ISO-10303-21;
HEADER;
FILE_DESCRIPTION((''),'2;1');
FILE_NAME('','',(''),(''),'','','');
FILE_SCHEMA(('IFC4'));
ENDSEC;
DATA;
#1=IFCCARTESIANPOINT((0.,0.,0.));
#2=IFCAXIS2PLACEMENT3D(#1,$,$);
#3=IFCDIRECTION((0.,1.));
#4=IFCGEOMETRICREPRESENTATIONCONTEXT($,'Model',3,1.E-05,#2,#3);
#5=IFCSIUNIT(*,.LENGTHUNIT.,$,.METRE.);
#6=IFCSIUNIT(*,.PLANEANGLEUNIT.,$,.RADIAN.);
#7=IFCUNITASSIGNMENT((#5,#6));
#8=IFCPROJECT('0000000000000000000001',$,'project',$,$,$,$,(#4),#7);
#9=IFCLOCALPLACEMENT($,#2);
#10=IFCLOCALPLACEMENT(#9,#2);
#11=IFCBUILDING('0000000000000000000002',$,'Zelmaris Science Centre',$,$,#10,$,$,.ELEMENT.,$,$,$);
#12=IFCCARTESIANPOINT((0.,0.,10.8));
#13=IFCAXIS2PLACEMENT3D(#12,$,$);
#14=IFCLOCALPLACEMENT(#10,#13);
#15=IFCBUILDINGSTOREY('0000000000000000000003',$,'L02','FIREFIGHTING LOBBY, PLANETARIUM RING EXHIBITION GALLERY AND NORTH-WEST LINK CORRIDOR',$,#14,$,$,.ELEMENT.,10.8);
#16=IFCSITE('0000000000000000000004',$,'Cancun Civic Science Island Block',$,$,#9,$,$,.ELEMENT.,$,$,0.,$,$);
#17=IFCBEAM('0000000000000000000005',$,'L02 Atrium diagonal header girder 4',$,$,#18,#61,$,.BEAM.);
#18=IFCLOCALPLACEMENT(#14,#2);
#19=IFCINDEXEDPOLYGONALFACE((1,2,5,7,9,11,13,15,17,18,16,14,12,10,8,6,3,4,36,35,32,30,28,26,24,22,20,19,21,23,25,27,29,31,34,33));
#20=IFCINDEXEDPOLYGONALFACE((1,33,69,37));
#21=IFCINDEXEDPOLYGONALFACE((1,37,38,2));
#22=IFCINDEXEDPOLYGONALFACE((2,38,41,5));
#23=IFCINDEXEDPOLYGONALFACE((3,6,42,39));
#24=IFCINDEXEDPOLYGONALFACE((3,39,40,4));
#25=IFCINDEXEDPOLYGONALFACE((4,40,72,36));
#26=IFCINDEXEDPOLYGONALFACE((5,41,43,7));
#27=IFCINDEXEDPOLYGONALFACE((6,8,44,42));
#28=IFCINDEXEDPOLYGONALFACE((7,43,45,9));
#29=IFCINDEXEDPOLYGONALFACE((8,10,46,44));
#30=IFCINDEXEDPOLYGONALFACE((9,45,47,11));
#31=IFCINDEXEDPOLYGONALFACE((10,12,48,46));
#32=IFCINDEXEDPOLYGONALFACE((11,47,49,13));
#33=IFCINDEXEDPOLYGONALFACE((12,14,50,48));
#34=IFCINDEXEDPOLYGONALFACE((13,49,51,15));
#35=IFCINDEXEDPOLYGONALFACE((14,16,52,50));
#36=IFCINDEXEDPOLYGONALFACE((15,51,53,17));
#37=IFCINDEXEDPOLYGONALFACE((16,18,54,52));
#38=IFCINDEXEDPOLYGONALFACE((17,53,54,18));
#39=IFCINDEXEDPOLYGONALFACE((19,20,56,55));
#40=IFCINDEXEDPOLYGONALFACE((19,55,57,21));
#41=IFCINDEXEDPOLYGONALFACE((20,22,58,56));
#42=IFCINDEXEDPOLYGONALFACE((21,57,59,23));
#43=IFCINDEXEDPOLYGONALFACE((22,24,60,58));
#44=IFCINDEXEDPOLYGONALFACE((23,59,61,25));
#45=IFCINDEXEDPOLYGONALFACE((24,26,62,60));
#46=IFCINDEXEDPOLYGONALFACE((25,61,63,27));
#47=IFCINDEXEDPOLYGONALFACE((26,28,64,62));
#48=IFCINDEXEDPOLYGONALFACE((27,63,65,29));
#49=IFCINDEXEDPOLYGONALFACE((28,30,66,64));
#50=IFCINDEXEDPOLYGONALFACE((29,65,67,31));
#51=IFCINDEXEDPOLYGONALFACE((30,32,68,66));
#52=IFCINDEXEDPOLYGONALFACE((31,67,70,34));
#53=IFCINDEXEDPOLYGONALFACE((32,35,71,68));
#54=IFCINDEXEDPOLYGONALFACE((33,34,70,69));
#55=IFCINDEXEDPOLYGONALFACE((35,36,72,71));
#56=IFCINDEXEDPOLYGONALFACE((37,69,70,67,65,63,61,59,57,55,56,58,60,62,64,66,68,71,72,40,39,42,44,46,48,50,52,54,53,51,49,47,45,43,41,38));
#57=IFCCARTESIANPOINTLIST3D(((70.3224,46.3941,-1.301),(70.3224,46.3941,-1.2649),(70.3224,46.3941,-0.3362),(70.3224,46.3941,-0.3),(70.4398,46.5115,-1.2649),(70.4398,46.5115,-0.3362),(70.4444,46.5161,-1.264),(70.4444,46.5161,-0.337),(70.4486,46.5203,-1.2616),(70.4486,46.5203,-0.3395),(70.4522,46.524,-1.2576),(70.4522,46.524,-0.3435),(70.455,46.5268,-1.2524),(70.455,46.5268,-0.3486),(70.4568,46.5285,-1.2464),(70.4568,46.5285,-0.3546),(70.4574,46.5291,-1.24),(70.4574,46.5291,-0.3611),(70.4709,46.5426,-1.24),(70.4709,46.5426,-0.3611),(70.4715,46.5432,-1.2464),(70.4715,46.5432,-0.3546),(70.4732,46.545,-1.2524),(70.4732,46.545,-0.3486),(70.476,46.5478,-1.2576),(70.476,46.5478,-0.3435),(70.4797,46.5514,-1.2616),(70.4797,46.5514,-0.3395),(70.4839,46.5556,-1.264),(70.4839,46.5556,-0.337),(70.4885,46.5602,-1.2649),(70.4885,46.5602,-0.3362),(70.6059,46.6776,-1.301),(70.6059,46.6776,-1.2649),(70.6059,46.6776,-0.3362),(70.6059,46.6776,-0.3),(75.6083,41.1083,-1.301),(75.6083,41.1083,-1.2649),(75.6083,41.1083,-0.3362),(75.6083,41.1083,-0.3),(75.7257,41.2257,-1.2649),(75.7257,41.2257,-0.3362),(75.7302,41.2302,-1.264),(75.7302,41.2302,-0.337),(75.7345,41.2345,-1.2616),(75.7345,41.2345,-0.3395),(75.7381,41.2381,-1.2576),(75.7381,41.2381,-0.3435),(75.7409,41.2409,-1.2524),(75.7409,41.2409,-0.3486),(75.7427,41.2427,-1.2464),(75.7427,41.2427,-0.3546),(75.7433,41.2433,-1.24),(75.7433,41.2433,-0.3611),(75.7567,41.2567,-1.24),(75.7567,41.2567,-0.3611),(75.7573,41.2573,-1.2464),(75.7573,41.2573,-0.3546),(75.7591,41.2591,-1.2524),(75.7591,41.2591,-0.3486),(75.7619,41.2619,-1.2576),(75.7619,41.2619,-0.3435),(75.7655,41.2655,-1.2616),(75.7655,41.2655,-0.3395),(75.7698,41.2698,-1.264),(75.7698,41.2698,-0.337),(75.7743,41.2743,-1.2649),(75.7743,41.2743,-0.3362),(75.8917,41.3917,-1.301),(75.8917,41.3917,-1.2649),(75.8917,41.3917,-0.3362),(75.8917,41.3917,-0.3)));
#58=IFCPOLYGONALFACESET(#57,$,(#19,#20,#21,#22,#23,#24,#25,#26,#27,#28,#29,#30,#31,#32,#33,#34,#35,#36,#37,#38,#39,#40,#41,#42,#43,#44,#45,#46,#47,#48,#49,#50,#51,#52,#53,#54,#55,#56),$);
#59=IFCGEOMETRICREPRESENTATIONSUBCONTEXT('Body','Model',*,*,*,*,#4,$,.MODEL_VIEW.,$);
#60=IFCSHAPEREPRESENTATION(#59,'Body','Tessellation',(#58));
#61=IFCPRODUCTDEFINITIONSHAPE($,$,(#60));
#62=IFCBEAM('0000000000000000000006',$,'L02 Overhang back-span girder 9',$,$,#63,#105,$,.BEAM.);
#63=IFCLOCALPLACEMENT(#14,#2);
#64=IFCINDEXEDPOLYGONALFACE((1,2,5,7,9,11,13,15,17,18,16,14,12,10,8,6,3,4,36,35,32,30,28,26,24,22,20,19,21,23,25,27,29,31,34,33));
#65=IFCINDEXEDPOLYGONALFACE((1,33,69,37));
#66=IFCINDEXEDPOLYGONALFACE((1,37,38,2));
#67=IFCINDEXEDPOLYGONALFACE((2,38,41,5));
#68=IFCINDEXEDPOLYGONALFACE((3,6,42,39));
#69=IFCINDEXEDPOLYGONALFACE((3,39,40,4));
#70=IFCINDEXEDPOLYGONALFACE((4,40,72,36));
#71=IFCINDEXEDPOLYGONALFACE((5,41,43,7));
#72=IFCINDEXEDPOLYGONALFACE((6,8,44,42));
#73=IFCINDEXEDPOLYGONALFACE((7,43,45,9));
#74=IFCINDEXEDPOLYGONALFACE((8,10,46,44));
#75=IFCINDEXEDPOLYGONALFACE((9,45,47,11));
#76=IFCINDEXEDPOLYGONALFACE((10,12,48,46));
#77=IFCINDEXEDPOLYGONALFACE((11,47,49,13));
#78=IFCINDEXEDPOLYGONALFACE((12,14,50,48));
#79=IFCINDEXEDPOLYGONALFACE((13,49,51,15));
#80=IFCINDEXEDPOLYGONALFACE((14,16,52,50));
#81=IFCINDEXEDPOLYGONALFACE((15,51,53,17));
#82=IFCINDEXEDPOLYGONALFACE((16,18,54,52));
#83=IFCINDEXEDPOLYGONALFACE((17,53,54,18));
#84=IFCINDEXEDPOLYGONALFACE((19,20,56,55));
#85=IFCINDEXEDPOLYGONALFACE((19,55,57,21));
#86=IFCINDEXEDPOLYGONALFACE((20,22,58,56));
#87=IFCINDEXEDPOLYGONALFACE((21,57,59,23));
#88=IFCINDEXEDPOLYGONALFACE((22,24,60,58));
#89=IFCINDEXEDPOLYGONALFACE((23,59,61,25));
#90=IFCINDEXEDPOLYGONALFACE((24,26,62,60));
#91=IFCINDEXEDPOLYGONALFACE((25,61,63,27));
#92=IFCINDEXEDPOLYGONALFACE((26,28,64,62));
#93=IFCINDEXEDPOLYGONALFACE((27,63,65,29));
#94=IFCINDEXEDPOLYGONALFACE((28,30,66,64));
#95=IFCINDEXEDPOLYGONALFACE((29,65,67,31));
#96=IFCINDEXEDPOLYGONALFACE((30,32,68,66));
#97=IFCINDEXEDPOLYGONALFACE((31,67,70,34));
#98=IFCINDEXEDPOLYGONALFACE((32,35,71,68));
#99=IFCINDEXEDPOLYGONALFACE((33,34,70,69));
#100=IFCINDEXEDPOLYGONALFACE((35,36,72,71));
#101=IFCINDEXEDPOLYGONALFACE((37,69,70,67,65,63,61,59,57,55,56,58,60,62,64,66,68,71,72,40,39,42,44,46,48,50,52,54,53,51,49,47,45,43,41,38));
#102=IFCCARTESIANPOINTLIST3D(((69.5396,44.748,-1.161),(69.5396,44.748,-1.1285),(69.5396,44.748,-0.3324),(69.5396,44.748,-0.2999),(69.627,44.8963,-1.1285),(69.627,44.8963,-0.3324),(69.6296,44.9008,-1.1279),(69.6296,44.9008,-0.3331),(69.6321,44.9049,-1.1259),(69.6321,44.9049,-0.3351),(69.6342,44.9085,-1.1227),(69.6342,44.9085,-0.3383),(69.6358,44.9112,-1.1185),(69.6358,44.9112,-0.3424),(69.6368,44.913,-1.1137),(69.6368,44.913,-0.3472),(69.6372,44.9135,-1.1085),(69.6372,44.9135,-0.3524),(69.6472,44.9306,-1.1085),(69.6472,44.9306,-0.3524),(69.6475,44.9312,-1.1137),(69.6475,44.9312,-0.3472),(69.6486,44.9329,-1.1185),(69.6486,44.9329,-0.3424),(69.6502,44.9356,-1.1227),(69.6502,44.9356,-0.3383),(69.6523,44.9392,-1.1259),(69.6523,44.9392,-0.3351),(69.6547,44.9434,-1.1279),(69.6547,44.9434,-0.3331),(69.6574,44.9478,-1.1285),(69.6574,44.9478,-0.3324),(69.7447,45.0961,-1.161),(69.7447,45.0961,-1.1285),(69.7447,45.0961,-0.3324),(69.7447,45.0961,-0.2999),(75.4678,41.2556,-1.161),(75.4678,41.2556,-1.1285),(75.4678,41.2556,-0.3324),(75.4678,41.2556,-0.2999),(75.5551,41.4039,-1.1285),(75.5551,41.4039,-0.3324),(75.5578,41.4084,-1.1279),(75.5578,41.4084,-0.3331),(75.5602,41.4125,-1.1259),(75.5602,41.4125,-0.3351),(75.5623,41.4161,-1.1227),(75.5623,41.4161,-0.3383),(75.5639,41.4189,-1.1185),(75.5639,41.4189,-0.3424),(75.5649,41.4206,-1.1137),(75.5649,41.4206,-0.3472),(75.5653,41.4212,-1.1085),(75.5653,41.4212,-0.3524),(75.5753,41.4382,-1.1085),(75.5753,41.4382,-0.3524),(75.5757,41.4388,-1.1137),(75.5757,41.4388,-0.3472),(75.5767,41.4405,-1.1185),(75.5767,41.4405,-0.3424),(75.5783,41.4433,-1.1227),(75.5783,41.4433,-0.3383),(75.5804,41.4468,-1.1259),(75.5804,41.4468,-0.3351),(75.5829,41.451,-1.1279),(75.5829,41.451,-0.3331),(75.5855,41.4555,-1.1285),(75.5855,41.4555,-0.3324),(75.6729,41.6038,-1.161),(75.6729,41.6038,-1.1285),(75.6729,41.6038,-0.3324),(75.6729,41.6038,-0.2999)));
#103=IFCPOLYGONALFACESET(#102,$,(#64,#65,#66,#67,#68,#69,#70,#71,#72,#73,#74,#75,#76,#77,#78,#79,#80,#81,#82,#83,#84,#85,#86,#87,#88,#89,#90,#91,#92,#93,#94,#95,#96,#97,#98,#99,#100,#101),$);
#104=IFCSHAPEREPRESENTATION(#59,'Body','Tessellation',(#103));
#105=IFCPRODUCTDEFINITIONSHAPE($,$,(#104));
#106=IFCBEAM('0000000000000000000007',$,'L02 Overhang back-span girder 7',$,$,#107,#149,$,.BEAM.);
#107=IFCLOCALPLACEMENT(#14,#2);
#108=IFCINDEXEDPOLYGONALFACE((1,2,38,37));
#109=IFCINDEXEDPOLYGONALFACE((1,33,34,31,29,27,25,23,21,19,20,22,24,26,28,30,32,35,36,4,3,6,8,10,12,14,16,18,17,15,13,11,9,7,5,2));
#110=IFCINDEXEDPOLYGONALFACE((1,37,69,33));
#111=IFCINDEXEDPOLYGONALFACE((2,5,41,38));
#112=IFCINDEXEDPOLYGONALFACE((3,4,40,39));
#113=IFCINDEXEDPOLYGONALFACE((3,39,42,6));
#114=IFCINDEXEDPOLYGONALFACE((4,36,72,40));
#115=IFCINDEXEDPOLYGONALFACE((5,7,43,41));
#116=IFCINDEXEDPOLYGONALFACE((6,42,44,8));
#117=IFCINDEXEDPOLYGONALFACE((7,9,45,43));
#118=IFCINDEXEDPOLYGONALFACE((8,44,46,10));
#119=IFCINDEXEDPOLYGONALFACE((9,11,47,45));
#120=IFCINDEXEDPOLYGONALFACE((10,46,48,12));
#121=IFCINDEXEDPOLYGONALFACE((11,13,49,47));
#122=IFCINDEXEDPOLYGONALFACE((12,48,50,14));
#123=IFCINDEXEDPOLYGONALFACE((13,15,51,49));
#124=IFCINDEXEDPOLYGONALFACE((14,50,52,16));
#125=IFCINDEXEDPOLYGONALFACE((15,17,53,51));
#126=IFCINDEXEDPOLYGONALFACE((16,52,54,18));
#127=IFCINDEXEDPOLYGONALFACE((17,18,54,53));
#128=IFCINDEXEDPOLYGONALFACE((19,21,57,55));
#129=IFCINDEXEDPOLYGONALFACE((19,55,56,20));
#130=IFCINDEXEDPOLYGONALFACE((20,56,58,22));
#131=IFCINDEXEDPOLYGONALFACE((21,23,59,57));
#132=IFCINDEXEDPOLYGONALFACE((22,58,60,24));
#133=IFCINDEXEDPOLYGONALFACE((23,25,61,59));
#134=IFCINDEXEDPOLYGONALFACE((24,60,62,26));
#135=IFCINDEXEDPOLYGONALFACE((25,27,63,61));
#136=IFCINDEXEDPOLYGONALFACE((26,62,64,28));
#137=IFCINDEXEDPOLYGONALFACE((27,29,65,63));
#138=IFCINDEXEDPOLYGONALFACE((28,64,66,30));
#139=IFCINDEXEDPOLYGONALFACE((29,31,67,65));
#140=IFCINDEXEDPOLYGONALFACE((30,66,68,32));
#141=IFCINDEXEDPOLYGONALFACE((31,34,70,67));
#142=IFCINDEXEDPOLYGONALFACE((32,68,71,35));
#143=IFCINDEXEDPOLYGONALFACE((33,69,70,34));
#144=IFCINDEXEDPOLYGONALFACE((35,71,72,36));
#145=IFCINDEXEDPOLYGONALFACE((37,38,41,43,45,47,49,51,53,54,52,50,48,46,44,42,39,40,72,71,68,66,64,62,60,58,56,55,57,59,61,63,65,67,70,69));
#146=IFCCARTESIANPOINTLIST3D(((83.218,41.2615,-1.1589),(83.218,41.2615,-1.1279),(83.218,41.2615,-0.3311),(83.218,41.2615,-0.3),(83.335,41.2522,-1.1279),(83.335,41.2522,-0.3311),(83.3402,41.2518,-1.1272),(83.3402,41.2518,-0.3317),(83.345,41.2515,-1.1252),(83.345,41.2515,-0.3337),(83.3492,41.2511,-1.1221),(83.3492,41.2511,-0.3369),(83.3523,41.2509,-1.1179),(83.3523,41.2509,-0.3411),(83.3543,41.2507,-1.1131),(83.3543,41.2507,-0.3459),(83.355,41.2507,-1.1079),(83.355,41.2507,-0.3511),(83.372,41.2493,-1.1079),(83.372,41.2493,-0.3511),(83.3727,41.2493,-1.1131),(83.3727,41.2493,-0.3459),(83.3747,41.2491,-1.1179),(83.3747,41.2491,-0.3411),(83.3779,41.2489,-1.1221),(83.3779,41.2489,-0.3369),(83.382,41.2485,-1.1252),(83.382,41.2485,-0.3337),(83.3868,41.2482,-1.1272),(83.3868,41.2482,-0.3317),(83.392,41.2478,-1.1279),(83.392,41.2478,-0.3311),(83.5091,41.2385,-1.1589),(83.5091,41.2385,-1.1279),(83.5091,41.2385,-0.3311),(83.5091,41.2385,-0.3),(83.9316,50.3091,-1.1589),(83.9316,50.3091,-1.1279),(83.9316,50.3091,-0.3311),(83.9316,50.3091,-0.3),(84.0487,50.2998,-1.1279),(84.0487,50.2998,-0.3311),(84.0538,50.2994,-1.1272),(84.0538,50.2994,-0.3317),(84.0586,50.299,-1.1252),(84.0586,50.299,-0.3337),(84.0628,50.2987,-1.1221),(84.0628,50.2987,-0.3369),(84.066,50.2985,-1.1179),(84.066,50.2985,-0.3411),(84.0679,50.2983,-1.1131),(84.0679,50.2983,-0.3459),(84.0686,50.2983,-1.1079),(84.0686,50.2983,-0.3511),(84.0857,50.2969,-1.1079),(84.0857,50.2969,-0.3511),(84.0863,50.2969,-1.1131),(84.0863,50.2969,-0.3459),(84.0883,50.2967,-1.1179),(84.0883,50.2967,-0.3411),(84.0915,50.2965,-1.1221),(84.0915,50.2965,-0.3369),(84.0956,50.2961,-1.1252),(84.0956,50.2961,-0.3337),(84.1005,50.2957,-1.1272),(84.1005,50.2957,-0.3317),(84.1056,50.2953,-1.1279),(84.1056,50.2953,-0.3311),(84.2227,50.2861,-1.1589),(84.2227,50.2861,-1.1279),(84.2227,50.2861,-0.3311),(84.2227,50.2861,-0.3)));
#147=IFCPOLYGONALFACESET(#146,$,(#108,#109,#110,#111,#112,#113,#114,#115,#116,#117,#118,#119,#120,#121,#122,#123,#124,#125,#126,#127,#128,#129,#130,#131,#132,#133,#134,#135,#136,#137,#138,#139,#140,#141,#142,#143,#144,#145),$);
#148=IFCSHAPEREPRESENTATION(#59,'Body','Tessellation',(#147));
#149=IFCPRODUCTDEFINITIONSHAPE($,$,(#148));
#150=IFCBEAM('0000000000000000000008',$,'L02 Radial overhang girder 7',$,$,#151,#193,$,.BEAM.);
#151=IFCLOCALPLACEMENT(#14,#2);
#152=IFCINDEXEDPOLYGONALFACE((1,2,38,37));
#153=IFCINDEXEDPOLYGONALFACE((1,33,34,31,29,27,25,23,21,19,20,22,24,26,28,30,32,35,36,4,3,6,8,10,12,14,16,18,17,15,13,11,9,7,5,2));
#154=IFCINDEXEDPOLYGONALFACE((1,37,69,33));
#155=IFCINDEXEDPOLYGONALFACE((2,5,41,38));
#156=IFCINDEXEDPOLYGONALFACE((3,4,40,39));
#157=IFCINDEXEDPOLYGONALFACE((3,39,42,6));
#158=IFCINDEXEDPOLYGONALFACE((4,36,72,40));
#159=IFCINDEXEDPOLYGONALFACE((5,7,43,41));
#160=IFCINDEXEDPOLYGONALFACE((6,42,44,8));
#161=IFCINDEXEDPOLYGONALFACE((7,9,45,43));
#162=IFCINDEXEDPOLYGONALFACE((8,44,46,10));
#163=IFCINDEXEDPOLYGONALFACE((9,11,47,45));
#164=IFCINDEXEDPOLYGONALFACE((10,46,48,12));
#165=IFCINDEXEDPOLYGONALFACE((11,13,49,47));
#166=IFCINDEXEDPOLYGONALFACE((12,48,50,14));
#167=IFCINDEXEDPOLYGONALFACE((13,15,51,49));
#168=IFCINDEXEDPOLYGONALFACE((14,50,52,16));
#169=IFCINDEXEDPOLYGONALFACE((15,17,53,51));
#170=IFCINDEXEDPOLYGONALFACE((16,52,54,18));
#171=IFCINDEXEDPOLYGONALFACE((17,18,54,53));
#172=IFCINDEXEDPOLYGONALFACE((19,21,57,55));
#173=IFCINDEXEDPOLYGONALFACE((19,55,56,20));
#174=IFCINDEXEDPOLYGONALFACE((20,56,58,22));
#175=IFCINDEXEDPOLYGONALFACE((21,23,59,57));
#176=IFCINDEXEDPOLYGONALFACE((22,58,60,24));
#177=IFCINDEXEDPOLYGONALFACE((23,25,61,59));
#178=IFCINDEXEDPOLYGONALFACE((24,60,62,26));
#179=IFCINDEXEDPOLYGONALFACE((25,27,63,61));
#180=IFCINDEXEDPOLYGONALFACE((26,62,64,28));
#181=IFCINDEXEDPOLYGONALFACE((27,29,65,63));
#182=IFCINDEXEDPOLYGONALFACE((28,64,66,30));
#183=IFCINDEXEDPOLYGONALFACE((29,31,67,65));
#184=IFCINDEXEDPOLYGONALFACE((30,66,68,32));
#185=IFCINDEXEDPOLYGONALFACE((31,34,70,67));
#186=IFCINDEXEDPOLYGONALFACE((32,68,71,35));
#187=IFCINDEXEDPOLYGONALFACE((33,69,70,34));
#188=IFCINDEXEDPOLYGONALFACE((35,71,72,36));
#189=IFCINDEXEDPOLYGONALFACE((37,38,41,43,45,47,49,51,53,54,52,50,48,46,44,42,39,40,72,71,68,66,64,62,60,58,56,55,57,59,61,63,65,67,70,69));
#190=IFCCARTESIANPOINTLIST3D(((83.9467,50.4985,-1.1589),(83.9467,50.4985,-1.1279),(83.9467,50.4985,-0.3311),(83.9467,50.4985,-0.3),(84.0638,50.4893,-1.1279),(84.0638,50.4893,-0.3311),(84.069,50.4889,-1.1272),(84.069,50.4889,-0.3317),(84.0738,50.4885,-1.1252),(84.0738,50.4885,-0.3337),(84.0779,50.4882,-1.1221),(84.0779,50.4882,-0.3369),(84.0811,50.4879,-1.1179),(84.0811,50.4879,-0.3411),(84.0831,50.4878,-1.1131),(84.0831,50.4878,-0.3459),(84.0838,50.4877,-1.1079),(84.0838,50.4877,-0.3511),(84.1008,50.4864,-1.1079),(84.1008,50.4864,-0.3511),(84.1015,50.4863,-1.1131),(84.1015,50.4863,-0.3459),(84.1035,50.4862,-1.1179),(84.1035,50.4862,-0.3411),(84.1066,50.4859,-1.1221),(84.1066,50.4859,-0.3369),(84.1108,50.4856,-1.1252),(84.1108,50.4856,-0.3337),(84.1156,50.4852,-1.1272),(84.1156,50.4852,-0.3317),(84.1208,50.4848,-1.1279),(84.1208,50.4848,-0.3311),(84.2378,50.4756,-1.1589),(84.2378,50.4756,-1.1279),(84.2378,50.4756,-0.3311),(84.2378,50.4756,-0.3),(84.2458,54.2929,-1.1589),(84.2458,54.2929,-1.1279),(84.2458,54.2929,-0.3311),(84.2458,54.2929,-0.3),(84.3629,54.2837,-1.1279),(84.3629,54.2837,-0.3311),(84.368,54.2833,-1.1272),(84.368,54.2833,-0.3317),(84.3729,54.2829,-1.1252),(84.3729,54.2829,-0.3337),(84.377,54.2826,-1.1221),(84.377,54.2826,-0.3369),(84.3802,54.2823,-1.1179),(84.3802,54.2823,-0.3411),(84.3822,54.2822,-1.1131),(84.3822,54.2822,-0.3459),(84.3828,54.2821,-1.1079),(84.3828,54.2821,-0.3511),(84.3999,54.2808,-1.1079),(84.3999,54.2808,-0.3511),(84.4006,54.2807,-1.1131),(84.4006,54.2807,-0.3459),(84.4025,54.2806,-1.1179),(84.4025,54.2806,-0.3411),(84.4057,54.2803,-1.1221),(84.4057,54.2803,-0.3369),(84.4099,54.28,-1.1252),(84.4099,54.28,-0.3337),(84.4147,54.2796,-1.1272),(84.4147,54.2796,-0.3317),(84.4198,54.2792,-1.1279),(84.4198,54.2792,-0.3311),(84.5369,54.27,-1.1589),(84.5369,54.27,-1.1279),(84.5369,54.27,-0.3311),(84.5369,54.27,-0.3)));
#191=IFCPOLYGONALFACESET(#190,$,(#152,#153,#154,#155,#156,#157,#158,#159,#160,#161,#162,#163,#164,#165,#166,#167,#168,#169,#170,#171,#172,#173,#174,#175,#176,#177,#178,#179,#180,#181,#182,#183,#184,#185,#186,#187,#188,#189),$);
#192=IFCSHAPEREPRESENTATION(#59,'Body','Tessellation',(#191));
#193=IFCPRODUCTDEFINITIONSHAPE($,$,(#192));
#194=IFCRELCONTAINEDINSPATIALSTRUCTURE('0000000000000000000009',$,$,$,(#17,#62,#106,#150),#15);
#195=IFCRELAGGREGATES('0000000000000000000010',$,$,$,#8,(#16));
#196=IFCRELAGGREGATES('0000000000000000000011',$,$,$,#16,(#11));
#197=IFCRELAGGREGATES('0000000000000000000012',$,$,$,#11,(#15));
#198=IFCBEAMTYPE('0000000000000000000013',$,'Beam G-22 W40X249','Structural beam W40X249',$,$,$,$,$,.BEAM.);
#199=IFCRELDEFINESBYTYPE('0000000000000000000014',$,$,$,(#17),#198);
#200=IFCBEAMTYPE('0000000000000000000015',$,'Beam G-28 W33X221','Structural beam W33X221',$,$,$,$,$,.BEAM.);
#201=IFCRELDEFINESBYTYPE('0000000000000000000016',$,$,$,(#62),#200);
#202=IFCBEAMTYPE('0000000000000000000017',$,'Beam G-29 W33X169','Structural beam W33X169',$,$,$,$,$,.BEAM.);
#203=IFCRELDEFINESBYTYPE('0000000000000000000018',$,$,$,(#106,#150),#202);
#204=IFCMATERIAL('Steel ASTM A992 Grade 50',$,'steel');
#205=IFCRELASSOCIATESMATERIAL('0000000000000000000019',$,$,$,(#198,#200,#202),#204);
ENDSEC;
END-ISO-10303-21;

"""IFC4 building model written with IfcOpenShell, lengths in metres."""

from ifc_helpers import new_model, si_unit, direction, frame, origin, origin_2d, place, context, subcontext, project, spatial, i_section, extrude, material, material_profile, profile_set, type_object, element, save


model = new_model("IFC4")

# Units and contexts
model_context = context("Model", 3, precision=1e-05, world=origin(), true_north=direction((0.0, 1.0)))
body_context = subcontext(model_context, "Body", "Model", "MODEL_VIEW")
ifc_project = project(units=[si_unit("LENGTHUNIT", "METRE"), si_unit("PLANEANGLEUNIT", "RADIAN")], contexts=[model_context])

# Site, building, storey
site_placement = place(None, origin())
site = spatial("IfcSite", under=ifc_project, at=site_placement, Name="Cancun Civic Science Island Block", CompositionType="ELEMENT", RefElevation=0.0)
building_placement = place(site_placement, origin())
building = spatial("IfcBuilding", under=site, at=building_placement, Name="Zelmaris Science Centre", CompositionType="ELEMENT")
storey_placement = place(building_placement, frame((0.0, 0.0, 10.8)))
storey = spatial("IfcBuildingStorey", under=building, at=storey_placement, Name="L02", Description="FIREFIGHTING LOBBY, PLANETARIUM RING EXHIBITION GALLERY AND NORTH-WEST LINK CORRIDOR", CompositionType="ELEMENT", Elevation=10.8)

# Shared definitions
ifc_material_1 = material(Name="Steel ASTM A992 Grade 50", Category="steel")

# Beams
ifc_material_profile_1 = material_profile(ifc_material_1, i_section(OverallWidth=0.4009, OverallDepth=1.001, WebThickness=0.019, FlangeThickness=0.0361, FilletRadius=0.0249, at=origin_2d()), Name="W40X249")
ifc_profile_set_1 = profile_set([ifc_material_profile_1], Name="Steel ASTM A992 Grade 50")
beam_type_1 = type_object("IfcBeamType", Name="Beam G-22 W40X249", Description="Structural beam W40X249", PredefinedType="BEAM", material=ifc_profile_set_1)
for number, where, z_axis, x_axis, name in (
    (1, (75.75, 41.25, -0.8005), (-0.707107, 0.707107, 0.0), (-0.707107, -0.707107, 0.0), "L02 Atrium diagonal header girder 4"),
):
    element("IfcBeam", number, at=place(storey_placement, frame(where, z_axis=z_axis, x_axis=x_axis)), inside=storey, type_object=beam_type_1, Name=name, PredefinedType="BEAM", context=body_context, shape_type="SweptSolid", body=[
        extrude(i_section(OverallWidth=0.4009, OverallDepth=1.001, WebThickness=0.019, FlangeThickness=0.0361, FilletRadius=0.0249, at=origin_2d()), origin(), (0.0, 0.0, 1.0), 7.4753),
    ])
ifc_material_profile_2 = material_profile(ifc_material_1, i_section(OverallWidth=0.4041, OverallDepth=0.8611, WebThickness=0.0198, FlangeThickness=0.0325, FilletRadius=0.02, at=origin_2d()), Name="W33X221")
ifc_profile_set_2 = profile_set([ifc_material_profile_2], Name="Steel ASTM A992 Grade 50")
beam_type_2 = type_object("IfcBeamType", Name="Beam G-28 W33X221", Description="Structural beam W33X221", PredefinedType="BEAM", material=ifc_profile_set_2)
beam_1_placement = place(storey_placement, frame((75.5703, 41.4297, -0.7305), z_axis=(-0.861601, 0.507586, 0.0), x_axis=(-0.507586, -0.861601, 0.0)))
element("IfcBeam", 2, at=beam_1_placement, inside=storey, type_object=beam_type_2, Name="L02 Overhang back-span girder 9", PredefinedType="BEAM", context=body_context, shape_type="SweptSolid", body=[
    extrude(i_section(OverallWidth=0.4041, OverallDepth=0.8611, WebThickness=0.0198, FlangeThickness=0.0325, FilletRadius=0.02, at=origin_2d()), origin(), (0.0, 0.0, 1.0), 6.8804),
])
ifc_material_profile_3 = material_profile(ifc_material_1, i_section(OverallWidth=0.292, OverallDepth=0.8589, WebThickness=0.0171, FlangeThickness=0.031, FilletRadius=0.02, at=origin_2d()), Name="W33X169")
ifc_profile_set_3 = profile_set([ifc_material_profile_3], Name="Steel ASTM A992 Grade 50")
beam_type_3 = type_object("IfcBeamType", Name="Beam G-29 W33X169", Description="Structural beam W33X169", PredefinedType="BEAM", material=ifc_profile_set_3)
beam_2_placement = place(storey_placement, frame((83.3635, 41.25, -0.7295), z_axis=(0.07863, 0.996904, 0.0), x_axis=(-0.996904, 0.07863, 0.0)))
element("IfcBeam", 3, at=beam_2_placement, inside=storey, type_object=beam_type_3, Name="L02 Overhang back-span girder 7", PredefinedType="BEAM", context=body_context, shape_type="SweptSolid", body=[
    extrude(i_section(OverallWidth=0.292, OverallDepth=0.8589, WebThickness=0.0171, FlangeThickness=0.031, FilletRadius=0.02, at=origin_2d()), origin(), (0.0, 0.0, 1.0), 9.0757),
])
beam_3_placement = place(storey_placement, frame((84.0923, 50.4871, -0.7295), z_axis=(0.078575, 0.996908, 0.0), x_axis=(-0.996908, 0.078575, 0.0)))
element("IfcBeam", 4, at=beam_3_placement, inside=storey, type_object=beam_type_3, Name="L02 Radial overhang girder 7", PredefinedType="BEAM", context=body_context, shape_type="SweptSolid", body=[
    extrude(i_section(OverallWidth=0.292, OverallDepth=0.8589, WebThickness=0.0171, FlangeThickness=0.031, FilletRadius=0.02, at=origin_2d()), origin(), (0.0, 0.0, 1.0), 3.8062),
])

save(model, "model.ifc")
